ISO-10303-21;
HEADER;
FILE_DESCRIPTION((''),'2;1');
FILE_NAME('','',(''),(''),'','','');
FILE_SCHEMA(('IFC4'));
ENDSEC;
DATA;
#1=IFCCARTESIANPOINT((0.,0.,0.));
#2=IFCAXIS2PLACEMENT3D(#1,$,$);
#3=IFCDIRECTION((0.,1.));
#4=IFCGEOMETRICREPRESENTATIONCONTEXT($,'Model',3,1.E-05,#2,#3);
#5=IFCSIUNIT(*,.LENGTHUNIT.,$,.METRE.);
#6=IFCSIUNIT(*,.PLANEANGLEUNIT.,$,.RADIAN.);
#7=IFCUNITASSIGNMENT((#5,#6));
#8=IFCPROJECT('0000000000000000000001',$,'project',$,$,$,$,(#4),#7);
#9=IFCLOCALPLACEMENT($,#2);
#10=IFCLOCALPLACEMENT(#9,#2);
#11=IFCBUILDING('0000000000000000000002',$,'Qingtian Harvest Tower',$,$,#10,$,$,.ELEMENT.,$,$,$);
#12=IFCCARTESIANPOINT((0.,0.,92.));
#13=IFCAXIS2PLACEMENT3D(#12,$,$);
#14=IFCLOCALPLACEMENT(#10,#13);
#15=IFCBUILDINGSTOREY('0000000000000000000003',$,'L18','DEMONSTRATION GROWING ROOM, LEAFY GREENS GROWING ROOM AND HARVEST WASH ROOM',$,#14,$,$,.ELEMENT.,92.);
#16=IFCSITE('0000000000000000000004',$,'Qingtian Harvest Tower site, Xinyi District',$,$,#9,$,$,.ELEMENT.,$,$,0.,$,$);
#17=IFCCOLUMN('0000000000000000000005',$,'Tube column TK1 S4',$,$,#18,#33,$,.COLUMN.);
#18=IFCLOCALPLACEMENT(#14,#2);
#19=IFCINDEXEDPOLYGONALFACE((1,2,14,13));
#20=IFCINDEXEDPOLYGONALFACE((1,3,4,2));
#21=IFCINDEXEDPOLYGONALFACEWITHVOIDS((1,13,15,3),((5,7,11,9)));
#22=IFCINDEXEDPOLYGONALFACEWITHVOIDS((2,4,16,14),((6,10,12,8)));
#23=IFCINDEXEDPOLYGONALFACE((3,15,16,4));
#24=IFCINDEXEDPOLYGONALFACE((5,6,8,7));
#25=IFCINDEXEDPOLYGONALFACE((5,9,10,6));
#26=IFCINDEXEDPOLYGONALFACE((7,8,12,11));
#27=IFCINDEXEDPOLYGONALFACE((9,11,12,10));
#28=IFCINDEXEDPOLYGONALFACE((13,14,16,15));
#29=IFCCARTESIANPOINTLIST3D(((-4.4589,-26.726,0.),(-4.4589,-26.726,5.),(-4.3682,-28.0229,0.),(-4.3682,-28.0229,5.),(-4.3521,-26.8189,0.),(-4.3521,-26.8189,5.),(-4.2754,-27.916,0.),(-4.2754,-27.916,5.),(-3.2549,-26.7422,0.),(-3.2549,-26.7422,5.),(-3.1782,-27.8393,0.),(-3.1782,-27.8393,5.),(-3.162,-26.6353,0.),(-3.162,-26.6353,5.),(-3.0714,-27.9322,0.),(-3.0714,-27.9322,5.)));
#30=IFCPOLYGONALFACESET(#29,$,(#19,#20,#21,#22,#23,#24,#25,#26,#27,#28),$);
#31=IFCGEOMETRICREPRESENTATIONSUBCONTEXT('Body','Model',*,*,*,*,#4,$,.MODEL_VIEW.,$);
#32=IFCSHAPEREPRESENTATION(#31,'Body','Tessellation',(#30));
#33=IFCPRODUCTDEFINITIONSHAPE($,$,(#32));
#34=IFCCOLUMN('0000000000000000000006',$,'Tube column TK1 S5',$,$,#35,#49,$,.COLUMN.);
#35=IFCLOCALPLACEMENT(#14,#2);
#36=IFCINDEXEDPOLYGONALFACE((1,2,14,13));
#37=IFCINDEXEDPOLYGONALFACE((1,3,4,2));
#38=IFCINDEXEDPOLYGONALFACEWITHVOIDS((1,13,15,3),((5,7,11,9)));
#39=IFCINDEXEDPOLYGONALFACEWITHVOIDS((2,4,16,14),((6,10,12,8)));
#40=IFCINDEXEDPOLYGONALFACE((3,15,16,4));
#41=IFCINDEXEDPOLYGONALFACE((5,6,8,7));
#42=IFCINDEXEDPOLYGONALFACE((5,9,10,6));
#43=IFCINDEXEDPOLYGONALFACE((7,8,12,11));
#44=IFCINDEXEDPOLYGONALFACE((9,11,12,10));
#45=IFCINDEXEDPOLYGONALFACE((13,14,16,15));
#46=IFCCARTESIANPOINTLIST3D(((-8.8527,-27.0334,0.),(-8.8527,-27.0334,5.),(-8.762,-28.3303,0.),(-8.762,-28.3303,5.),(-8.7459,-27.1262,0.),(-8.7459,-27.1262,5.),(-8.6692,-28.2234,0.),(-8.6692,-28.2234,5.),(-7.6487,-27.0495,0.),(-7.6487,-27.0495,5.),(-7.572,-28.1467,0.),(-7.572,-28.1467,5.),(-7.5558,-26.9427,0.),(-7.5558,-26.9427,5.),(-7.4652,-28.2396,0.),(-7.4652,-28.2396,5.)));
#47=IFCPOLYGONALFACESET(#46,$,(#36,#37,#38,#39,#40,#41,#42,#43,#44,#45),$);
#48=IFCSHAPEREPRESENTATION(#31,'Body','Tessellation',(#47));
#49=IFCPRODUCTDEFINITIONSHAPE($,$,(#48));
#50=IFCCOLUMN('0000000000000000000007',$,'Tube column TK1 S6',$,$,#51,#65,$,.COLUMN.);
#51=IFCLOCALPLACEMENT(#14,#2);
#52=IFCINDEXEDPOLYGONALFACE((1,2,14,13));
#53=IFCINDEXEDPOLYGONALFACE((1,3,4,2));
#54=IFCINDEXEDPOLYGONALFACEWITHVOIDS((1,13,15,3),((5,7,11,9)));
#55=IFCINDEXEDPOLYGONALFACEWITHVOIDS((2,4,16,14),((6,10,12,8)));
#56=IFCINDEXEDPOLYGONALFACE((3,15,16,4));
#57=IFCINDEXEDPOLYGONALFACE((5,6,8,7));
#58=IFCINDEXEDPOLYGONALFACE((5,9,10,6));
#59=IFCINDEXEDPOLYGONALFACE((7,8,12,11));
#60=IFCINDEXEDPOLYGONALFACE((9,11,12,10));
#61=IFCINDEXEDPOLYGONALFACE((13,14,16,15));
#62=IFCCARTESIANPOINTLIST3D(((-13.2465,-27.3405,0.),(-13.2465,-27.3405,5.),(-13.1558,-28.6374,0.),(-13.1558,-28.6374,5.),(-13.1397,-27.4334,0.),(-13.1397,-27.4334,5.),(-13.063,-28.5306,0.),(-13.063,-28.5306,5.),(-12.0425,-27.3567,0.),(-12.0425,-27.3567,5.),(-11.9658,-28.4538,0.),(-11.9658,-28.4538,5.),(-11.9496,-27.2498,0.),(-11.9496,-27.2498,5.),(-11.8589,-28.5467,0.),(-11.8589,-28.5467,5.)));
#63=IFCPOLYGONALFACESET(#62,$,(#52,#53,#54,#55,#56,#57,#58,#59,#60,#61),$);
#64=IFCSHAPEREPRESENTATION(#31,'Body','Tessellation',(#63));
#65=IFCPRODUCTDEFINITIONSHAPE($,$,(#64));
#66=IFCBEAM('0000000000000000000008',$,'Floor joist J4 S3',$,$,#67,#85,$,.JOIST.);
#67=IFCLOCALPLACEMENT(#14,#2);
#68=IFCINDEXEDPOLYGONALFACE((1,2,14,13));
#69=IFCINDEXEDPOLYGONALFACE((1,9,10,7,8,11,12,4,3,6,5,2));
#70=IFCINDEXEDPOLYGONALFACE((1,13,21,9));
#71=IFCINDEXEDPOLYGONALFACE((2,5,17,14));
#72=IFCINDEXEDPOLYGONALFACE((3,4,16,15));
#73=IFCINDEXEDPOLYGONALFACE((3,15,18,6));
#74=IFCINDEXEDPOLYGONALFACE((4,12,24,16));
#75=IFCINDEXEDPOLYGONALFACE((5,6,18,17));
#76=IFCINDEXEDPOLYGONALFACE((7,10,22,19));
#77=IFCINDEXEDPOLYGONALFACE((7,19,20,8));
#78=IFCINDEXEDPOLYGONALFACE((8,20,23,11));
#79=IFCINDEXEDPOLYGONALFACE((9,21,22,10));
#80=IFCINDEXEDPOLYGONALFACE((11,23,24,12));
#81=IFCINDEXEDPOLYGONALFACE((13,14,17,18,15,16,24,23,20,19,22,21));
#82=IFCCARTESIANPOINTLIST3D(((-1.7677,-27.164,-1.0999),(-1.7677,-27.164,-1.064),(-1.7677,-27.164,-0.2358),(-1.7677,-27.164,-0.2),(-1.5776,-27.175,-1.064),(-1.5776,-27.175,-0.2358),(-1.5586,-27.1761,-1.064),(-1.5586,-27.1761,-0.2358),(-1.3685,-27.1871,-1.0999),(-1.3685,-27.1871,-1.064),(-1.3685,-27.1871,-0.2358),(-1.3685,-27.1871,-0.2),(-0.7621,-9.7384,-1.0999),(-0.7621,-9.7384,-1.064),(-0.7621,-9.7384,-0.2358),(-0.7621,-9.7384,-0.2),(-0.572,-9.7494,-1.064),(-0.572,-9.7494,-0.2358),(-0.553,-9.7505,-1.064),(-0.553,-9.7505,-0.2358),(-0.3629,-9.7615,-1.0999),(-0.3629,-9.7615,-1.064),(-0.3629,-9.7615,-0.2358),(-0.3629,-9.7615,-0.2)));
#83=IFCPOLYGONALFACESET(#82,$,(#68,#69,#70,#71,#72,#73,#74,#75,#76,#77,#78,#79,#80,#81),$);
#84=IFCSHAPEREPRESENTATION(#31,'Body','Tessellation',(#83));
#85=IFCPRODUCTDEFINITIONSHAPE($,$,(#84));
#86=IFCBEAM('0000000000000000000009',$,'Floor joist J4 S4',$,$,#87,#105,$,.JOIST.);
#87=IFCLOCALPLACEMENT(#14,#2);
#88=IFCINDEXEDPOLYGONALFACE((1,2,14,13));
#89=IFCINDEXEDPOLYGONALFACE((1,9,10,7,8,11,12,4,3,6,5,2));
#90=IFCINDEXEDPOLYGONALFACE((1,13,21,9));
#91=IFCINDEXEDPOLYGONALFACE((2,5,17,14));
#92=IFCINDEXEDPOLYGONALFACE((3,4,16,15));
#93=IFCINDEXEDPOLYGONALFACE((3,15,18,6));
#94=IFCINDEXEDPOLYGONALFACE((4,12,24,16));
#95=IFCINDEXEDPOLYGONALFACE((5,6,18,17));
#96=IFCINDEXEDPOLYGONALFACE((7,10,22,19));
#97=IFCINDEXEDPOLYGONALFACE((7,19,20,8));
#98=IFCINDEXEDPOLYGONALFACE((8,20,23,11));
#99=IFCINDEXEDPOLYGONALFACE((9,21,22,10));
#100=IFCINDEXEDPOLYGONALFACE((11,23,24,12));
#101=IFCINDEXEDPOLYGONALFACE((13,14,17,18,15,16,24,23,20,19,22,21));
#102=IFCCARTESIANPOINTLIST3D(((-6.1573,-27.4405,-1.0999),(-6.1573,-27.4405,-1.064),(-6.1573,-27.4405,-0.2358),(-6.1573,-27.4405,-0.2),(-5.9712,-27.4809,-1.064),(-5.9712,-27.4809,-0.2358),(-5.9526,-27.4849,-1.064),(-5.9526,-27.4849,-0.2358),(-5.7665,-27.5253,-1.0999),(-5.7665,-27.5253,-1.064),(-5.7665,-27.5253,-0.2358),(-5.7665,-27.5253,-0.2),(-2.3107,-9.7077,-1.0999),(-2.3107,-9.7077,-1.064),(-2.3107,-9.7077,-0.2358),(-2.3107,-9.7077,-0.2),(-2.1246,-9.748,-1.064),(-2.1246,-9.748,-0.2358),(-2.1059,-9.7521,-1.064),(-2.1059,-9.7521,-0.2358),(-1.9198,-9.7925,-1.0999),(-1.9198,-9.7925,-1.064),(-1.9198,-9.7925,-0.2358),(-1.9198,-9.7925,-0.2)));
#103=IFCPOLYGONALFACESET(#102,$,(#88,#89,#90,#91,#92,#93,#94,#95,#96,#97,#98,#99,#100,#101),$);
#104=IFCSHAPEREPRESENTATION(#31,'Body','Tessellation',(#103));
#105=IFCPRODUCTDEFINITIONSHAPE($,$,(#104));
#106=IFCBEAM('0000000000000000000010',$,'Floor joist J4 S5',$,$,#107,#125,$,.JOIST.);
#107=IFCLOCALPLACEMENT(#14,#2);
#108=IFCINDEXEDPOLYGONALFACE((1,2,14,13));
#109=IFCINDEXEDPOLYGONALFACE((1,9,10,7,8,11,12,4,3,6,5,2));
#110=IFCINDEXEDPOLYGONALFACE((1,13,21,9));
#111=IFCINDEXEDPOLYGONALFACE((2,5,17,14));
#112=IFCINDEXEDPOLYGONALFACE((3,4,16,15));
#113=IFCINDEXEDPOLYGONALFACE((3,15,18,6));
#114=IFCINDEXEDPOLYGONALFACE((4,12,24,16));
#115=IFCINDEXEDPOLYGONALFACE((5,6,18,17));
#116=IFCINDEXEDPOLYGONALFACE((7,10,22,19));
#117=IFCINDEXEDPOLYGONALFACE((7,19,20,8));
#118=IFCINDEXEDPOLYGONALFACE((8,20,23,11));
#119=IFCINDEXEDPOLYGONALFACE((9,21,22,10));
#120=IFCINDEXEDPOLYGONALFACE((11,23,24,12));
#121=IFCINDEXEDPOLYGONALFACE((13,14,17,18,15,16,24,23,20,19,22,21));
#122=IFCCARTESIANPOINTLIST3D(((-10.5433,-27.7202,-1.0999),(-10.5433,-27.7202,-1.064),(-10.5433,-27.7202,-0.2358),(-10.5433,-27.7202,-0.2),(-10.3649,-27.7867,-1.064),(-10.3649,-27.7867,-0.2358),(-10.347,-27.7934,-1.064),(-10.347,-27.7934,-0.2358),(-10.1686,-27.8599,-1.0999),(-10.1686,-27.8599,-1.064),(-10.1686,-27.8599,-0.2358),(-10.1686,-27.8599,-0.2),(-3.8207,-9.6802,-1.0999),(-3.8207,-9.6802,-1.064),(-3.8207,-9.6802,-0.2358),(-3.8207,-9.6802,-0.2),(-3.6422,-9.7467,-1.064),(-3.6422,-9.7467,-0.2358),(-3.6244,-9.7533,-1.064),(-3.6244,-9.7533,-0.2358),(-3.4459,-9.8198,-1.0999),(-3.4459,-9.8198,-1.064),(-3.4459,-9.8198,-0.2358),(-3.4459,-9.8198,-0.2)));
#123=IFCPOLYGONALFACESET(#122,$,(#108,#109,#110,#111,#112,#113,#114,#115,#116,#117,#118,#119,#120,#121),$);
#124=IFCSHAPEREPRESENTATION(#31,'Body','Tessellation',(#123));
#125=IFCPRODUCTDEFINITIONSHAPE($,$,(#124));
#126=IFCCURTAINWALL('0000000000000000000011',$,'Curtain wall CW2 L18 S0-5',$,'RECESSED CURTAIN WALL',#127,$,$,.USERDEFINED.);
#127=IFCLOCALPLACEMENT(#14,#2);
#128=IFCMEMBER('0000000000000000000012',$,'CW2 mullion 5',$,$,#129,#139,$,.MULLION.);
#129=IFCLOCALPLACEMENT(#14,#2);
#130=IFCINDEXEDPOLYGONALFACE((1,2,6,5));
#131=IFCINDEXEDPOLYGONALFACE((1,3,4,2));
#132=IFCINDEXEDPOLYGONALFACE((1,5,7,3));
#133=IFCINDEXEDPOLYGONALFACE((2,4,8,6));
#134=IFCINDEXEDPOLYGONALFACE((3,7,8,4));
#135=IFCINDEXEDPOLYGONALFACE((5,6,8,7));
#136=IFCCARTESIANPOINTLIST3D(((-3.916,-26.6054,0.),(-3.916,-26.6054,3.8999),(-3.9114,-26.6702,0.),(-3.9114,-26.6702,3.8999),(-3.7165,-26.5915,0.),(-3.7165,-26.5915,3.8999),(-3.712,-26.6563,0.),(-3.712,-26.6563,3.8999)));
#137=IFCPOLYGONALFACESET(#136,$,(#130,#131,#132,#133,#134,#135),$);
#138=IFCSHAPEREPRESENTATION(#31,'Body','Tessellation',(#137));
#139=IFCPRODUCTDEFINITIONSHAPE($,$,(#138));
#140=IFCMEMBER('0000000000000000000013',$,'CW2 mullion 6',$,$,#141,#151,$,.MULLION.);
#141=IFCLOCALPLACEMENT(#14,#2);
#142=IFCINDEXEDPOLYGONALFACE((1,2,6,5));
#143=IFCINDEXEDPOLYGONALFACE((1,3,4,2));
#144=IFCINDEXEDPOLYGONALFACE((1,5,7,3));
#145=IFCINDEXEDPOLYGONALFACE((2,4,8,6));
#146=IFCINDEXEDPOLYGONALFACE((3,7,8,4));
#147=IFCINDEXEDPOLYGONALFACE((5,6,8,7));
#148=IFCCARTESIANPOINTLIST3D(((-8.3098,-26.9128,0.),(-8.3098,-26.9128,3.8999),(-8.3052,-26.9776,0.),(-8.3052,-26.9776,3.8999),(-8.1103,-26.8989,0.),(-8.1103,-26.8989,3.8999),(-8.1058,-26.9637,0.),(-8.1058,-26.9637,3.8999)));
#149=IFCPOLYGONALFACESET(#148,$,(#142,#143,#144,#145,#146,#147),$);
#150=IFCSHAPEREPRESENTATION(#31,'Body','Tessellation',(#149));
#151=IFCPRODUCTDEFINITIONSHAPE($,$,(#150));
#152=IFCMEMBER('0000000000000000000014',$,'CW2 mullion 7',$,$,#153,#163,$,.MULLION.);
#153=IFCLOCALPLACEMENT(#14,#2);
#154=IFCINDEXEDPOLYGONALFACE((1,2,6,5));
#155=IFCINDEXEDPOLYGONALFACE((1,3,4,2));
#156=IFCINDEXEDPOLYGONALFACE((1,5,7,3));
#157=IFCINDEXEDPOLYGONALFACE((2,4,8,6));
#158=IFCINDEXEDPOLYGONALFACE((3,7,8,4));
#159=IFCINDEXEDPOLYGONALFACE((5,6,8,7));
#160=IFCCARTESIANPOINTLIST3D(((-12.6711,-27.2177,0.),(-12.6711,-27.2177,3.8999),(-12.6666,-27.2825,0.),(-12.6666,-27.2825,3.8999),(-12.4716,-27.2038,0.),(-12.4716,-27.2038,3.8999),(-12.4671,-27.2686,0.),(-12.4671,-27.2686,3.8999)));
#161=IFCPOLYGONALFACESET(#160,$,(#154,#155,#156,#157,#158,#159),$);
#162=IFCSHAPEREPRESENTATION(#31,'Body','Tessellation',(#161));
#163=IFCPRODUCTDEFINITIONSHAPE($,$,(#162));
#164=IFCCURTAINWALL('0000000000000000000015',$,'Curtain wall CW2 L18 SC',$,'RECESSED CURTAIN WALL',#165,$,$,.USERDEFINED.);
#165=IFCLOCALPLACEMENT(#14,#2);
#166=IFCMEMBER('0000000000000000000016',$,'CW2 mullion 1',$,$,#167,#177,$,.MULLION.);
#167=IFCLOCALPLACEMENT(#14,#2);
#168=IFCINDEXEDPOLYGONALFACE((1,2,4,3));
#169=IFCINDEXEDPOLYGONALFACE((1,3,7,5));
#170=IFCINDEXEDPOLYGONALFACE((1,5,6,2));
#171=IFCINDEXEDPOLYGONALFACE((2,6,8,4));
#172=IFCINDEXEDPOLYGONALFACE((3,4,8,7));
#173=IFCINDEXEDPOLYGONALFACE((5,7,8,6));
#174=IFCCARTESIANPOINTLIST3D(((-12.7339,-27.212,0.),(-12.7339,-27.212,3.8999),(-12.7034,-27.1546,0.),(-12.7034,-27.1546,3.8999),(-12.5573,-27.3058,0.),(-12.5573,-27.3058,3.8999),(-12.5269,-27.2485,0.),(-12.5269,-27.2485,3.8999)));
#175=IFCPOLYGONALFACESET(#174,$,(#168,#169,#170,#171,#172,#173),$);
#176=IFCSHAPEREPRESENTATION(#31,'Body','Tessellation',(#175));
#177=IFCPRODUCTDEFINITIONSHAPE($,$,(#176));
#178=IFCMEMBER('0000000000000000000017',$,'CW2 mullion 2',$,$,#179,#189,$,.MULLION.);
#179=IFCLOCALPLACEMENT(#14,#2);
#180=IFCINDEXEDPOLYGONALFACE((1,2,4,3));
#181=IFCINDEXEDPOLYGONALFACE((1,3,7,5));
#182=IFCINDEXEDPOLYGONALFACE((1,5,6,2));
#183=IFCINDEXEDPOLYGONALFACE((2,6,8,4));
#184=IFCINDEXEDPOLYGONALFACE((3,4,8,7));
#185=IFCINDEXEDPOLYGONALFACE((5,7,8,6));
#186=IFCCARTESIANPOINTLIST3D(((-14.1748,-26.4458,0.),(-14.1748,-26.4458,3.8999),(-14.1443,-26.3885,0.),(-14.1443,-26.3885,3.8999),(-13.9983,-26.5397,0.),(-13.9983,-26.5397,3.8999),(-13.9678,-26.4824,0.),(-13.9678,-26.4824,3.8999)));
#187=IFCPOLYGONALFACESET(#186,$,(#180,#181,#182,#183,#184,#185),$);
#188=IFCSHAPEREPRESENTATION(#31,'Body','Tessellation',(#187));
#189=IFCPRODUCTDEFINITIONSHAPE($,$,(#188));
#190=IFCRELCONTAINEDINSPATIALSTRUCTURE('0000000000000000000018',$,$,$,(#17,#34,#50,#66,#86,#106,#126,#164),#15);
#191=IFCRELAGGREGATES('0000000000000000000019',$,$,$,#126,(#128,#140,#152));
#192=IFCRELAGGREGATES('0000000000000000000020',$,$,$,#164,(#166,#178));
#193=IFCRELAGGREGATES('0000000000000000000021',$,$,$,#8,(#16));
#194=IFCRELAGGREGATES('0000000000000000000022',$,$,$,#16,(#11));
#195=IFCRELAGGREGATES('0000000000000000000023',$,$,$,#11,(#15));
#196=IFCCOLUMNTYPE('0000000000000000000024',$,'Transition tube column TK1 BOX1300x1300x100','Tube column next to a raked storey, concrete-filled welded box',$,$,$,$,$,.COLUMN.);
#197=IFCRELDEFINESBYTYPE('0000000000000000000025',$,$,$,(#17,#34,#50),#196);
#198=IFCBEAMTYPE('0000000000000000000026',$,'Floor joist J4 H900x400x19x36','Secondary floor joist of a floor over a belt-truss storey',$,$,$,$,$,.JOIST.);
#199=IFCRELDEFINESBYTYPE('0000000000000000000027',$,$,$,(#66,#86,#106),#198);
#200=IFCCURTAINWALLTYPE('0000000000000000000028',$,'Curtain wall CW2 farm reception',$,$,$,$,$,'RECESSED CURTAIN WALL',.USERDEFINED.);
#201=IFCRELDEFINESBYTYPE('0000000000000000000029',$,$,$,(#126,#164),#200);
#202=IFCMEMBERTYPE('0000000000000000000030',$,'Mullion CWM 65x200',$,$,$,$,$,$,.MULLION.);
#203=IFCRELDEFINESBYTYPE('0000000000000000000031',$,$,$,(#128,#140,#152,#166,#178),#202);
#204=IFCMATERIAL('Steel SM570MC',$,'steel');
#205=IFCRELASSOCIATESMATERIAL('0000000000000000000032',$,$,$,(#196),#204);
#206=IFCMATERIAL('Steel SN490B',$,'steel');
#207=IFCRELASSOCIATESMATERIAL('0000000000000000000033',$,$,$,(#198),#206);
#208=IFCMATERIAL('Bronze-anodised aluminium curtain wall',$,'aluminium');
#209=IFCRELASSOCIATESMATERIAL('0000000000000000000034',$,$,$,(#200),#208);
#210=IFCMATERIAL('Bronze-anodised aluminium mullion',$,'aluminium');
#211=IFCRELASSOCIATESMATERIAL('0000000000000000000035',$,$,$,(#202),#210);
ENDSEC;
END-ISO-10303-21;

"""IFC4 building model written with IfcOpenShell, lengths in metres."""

from ifc_helpers import new_model, si_unit, direction, frame, origin, origin_2d, place, context, subcontext, project, spatial, rectangle, hollow_rectangle, i_section, extrude, material, material_profile, profile_set, type_object, element, aggregate, save


model = new_model("IFC4")

# Units and contexts
model_context = context("Model", 3, precision=1e-05, world=origin(), true_north=direction((0.0, 1.0)))
body_context = subcontext(model_context, "Body", "Model", "MODEL_VIEW")
ifc_project = project(units=[si_unit("LENGTHUNIT", "METRE"), si_unit("PLANEANGLEUNIT", "RADIAN")], contexts=[model_context])

# Site, building, storey
site_placement = place(None, origin())
site = spatial("IfcSite", under=ifc_project, at=site_placement, Name="Qingtian Harvest Tower site, Xinyi District", CompositionType="ELEMENT", RefElevation=0.0)
building_placement = place(site_placement, origin())
building = spatial("IfcBuilding", under=site, at=building_placement, Name="Qingtian Harvest Tower", CompositionType="ELEMENT")
storey_placement = place(building_placement, frame((0.0, 0.0, 92.0)))
storey = spatial("IfcBuildingStorey", under=building, at=storey_placement, Name="L18", Description="DEMONSTRATION GROWING ROOM, LEAFY GREENS GROWING ROOM AND HARVEST WASH ROOM", CompositionType="ELEMENT", Elevation=92.0)

# Columns
ifc_material_1 = material(Name="Steel SM570MC", Category="steel")
ifc_material_profile_1 = material_profile(ifc_material_1, hollow_rectangle(XDim=1.3, YDim=1.3, WallThickness=0.1001, at=origin_2d()), Name="BOX1300x1300x100")
ifc_profile_set_1 = profile_set([ifc_material_profile_1], Name="Steel SM570MC")
column_type = type_object("IfcColumnType", Name="Transition tube column TK1 BOX1300x1300x100", Description="Tube column next to a raked storey, concrete-filled welded box", PredefinedType="COLUMN", material=ifc_profile_set_1)
for number, where, z_axis, x_axis, name in (
    (1, (-3.7651, -27.3291, 0.0), (0.0, 0.0, 1.0), (0.997564, 0.069756, 0.0), "Tube column TK1 S4"),
    (2, (-8.1589, -27.6365, 0.0), (0.0, 0.0, 1.0), (0.997564, 0.069756, 0.0), "Tube column TK1 S5"),
    (3, (-12.5527, -27.9436, 0.0), (0.0, 0.0, 1.0), (0.997564, 0.069756, 0.0), "Tube column TK1 S6"),
):
    element("IfcColumn", number, at=place(storey_placement, frame(where, z_axis=z_axis, x_axis=x_axis)), inside=storey, type_object=column_type, Name=name, PredefinedType="COLUMN", context=body_context, shape_type="SweptSolid", body=[
        extrude(hollow_rectangle(XDim=1.3, YDim=1.3, WallThickness=0.1001, at=origin_2d()), origin(), (0.0, 0.0, 1.0), 5.0),
    ])

# Beams
ifc_material_2 = material(Name="Steel SN490B", Category="steel")
ifc_material_profile_2 = material_profile(ifc_material_2, i_section(OverallWidth=0.3999, OverallDepth=0.8999, WebThickness=0.019, FlangeThickness=0.0359, at=origin_2d()), Name="H900x400x19x36")
ifc_profile_set_2 = profile_set([ifc_material_profile_2], Name="Steel SN490B")
beam_type_1 = type_object("IfcBeamType", Name="Floor joist J4 H900x400x19x36", Description="Secondary floor joist of a floor over a belt-truss storey", PredefinedType="JOIST", material=ifc_profile_set_2)
beam_1_placement = place(storey_placement, frame((-1.5681, -27.1755, -0.6499), z_axis=(0.057613, 0.998339, 0.0), x_axis=(-0.998339, 0.057613, 0.0)))
element("IfcBeam", 4, at=beam_1_placement, inside=storey, type_object=beam_type_1, Name="Floor joist J4 S3", PredefinedType="JOIST", context=body_context, shape_type="SweptSolid", body=[
    extrude(i_section(OverallWidth=0.3999, OverallDepth=0.8999, WebThickness=0.019, FlangeThickness=0.0359, at=origin_2d()), origin(), (0.0, 0.0, 1.0), 17.4546),
])
beam_2_placement = place(storey_placement, frame((-5.9619, -27.4829, -0.6499), z_axis=(0.211993, 0.977271, 0.0), x_axis=(-0.977271, 0.211993, 0.0)))
element("IfcBeam", 5, at=beam_2_placement, inside=storey, type_object=beam_type_1, Name="Floor joist J4 S4", PredefinedType="JOIST", context=body_context, shape_type="SweptSolid", body=[
    extrude(i_section(OverallWidth=0.3999, OverallDepth=0.8999, WebThickness=0.019, FlangeThickness=0.0359, at=origin_2d()), origin(), (0.0, 0.0, 1.0), 18.1453),
])
beam_3_placement = place(storey_placement, frame((-10.356, -27.79, -0.6499), z_axis=(0.349194, 0.937051, 0.0), x_axis=(-0.937051, 0.349194, 0.0)))
element("IfcBeam", 6, at=beam_3_placement, inside=storey, type_object=beam_type_1, Name="Floor joist J4 S5", PredefinedType="JOIST", context=body_context, shape_type="SweptSolid", body=[
    extrude(i_section(OverallWidth=0.3999, OverallDepth=0.8999, WebThickness=0.019, FlangeThickness=0.0359, at=origin_2d()), origin(), (0.0, 0.0, 1.0), 19.252),
])

# Curtain walls, members
ifc_material_3 = material(Name="Bronze-anodised aluminium curtain wall", Category="aluminium")
curtain_wall_type = type_object("IfcCurtainWallType", Name="Curtain wall CW2 farm reception", ElementType="RECESSED CURTAIN WALL", PredefinedType="USERDEFINED", material=ifc_material_3)
curtain_wall_1_placement = place(storey_placement, origin())
curtain_wall_1 = element("IfcCurtainWall", 7, at=curtain_wall_1_placement, inside=storey, type_object=curtain_wall_type, Name="Curtain wall CW2 L18 S0-5", ObjectType="RECESSED CURTAIN WALL", PredefinedType="USERDEFINED")
ifc_material_4 = material(Name="Bronze-anodised aluminium mullion", Category="aluminium")
ifc_material_profile_3 = material_profile(ifc_material_4, rectangle(XDim=0.0649, YDim=0.2, at=origin_2d()), Name="AL 65x200")
ifc_profile_set_3 = profile_set([ifc_material_profile_3], Name="Bronze-anodised aluminium mullion")
member_type_1 = type_object("IfcMemberType", Name="Mullion CWM 65x200", PredefinedType="MULLION", material=ifc_profile_set_3)
member_1_placement = place(storey_placement, frame((-3.814, -26.6309, 0.0), z_axis=(0.0, 0.0, 1.0), x_axis=(0.069756, -0.997564, 0.0)))
member_1 = element("IfcMember", 8, at=member_1_placement, type_object=member_type_1, Name="CW2 mullion 5", PredefinedType="MULLION", context=body_context, shape_type="SweptSolid", body=[
    extrude(rectangle(XDim=0.0649, YDim=0.2, at=origin_2d()), origin(), (0.0, 0.0, 1.0), 3.8999),
])
member_2_placement = place(storey_placement, frame((-8.2078, -26.9382, 0.0), z_axis=(0.0, 0.0, 1.0), x_axis=(0.069756, -0.997564, 0.0)))
member_2 = element("IfcMember", 9, at=member_2_placement, type_object=member_type_1, Name="CW2 mullion 6", PredefinedType="MULLION", context=body_context, shape_type="SweptSolid", body=[
    extrude(rectangle(XDim=0.0649, YDim=0.2, at=origin_2d()), origin(), (0.0, 0.0, 1.0), 3.8999),
])
member_3_placement = place(storey_placement, frame((-12.5691, -27.2432, 0.0), z_axis=(0.0, 0.0, 1.0), x_axis=(0.069756, -0.997564, 0.0)))
member_3 = element("IfcMember", 10, at=member_3_placement, type_object=member_type_1, Name="CW2 mullion 7", PredefinedType="MULLION", context=body_context, shape_type="SweptSolid", body=[
    extrude(rectangle(XDim=0.0649, YDim=0.2, at=origin_2d()), origin(), (0.0, 0.0, 1.0), 3.8999),
])
curtain_wall_2_placement = place(storey_placement, origin())
curtain_wall_2 = element("IfcCurtainWall", 11, at=curtain_wall_2_placement, inside=storey, type_object=curtain_wall_type, Name="Curtain wall CW2 L18 SC", ObjectType="RECESSED CURTAIN WALL", PredefinedType="USERDEFINED")
member_4_placement = place(storey_placement, frame((-12.6304, -27.2302, 0.0), z_axis=(0.0, 0.0, 1.0), x_axis=(-0.469472, -0.882948, 0.0)))
member_4 = element("IfcMember", 12, at=member_4_placement, type_object=member_type_1, Name="CW2 mullion 1", PredefinedType="MULLION", context=body_context, shape_type="SweptSolid", body=[
    extrude(rectangle(XDim=0.0649, YDim=0.2, at=origin_2d()), origin(), (0.0, 0.0, 1.0), 3.8999),
])
member_5_placement = place(storey_placement, frame((-14.0713, -26.4641, 0.0), z_axis=(0.0, 0.0, 1.0), x_axis=(-0.469472, -0.882948, 0.0)))
member_5 = element("IfcMember", 13, at=member_5_placement, type_object=member_type_1, Name="CW2 mullion 2", PredefinedType="MULLION", context=body_context, shape_type="SweptSolid", body=[
    extrude(rectangle(XDim=0.0649, YDim=0.2, at=origin_2d()), origin(), (0.0, 0.0, 1.0), 3.8999),
])

aggregate(curtain_wall_1, [member_1, member_2, member_3])
aggregate(curtain_wall_2, [member_4, member_5])

save(model, "model.ifc")
